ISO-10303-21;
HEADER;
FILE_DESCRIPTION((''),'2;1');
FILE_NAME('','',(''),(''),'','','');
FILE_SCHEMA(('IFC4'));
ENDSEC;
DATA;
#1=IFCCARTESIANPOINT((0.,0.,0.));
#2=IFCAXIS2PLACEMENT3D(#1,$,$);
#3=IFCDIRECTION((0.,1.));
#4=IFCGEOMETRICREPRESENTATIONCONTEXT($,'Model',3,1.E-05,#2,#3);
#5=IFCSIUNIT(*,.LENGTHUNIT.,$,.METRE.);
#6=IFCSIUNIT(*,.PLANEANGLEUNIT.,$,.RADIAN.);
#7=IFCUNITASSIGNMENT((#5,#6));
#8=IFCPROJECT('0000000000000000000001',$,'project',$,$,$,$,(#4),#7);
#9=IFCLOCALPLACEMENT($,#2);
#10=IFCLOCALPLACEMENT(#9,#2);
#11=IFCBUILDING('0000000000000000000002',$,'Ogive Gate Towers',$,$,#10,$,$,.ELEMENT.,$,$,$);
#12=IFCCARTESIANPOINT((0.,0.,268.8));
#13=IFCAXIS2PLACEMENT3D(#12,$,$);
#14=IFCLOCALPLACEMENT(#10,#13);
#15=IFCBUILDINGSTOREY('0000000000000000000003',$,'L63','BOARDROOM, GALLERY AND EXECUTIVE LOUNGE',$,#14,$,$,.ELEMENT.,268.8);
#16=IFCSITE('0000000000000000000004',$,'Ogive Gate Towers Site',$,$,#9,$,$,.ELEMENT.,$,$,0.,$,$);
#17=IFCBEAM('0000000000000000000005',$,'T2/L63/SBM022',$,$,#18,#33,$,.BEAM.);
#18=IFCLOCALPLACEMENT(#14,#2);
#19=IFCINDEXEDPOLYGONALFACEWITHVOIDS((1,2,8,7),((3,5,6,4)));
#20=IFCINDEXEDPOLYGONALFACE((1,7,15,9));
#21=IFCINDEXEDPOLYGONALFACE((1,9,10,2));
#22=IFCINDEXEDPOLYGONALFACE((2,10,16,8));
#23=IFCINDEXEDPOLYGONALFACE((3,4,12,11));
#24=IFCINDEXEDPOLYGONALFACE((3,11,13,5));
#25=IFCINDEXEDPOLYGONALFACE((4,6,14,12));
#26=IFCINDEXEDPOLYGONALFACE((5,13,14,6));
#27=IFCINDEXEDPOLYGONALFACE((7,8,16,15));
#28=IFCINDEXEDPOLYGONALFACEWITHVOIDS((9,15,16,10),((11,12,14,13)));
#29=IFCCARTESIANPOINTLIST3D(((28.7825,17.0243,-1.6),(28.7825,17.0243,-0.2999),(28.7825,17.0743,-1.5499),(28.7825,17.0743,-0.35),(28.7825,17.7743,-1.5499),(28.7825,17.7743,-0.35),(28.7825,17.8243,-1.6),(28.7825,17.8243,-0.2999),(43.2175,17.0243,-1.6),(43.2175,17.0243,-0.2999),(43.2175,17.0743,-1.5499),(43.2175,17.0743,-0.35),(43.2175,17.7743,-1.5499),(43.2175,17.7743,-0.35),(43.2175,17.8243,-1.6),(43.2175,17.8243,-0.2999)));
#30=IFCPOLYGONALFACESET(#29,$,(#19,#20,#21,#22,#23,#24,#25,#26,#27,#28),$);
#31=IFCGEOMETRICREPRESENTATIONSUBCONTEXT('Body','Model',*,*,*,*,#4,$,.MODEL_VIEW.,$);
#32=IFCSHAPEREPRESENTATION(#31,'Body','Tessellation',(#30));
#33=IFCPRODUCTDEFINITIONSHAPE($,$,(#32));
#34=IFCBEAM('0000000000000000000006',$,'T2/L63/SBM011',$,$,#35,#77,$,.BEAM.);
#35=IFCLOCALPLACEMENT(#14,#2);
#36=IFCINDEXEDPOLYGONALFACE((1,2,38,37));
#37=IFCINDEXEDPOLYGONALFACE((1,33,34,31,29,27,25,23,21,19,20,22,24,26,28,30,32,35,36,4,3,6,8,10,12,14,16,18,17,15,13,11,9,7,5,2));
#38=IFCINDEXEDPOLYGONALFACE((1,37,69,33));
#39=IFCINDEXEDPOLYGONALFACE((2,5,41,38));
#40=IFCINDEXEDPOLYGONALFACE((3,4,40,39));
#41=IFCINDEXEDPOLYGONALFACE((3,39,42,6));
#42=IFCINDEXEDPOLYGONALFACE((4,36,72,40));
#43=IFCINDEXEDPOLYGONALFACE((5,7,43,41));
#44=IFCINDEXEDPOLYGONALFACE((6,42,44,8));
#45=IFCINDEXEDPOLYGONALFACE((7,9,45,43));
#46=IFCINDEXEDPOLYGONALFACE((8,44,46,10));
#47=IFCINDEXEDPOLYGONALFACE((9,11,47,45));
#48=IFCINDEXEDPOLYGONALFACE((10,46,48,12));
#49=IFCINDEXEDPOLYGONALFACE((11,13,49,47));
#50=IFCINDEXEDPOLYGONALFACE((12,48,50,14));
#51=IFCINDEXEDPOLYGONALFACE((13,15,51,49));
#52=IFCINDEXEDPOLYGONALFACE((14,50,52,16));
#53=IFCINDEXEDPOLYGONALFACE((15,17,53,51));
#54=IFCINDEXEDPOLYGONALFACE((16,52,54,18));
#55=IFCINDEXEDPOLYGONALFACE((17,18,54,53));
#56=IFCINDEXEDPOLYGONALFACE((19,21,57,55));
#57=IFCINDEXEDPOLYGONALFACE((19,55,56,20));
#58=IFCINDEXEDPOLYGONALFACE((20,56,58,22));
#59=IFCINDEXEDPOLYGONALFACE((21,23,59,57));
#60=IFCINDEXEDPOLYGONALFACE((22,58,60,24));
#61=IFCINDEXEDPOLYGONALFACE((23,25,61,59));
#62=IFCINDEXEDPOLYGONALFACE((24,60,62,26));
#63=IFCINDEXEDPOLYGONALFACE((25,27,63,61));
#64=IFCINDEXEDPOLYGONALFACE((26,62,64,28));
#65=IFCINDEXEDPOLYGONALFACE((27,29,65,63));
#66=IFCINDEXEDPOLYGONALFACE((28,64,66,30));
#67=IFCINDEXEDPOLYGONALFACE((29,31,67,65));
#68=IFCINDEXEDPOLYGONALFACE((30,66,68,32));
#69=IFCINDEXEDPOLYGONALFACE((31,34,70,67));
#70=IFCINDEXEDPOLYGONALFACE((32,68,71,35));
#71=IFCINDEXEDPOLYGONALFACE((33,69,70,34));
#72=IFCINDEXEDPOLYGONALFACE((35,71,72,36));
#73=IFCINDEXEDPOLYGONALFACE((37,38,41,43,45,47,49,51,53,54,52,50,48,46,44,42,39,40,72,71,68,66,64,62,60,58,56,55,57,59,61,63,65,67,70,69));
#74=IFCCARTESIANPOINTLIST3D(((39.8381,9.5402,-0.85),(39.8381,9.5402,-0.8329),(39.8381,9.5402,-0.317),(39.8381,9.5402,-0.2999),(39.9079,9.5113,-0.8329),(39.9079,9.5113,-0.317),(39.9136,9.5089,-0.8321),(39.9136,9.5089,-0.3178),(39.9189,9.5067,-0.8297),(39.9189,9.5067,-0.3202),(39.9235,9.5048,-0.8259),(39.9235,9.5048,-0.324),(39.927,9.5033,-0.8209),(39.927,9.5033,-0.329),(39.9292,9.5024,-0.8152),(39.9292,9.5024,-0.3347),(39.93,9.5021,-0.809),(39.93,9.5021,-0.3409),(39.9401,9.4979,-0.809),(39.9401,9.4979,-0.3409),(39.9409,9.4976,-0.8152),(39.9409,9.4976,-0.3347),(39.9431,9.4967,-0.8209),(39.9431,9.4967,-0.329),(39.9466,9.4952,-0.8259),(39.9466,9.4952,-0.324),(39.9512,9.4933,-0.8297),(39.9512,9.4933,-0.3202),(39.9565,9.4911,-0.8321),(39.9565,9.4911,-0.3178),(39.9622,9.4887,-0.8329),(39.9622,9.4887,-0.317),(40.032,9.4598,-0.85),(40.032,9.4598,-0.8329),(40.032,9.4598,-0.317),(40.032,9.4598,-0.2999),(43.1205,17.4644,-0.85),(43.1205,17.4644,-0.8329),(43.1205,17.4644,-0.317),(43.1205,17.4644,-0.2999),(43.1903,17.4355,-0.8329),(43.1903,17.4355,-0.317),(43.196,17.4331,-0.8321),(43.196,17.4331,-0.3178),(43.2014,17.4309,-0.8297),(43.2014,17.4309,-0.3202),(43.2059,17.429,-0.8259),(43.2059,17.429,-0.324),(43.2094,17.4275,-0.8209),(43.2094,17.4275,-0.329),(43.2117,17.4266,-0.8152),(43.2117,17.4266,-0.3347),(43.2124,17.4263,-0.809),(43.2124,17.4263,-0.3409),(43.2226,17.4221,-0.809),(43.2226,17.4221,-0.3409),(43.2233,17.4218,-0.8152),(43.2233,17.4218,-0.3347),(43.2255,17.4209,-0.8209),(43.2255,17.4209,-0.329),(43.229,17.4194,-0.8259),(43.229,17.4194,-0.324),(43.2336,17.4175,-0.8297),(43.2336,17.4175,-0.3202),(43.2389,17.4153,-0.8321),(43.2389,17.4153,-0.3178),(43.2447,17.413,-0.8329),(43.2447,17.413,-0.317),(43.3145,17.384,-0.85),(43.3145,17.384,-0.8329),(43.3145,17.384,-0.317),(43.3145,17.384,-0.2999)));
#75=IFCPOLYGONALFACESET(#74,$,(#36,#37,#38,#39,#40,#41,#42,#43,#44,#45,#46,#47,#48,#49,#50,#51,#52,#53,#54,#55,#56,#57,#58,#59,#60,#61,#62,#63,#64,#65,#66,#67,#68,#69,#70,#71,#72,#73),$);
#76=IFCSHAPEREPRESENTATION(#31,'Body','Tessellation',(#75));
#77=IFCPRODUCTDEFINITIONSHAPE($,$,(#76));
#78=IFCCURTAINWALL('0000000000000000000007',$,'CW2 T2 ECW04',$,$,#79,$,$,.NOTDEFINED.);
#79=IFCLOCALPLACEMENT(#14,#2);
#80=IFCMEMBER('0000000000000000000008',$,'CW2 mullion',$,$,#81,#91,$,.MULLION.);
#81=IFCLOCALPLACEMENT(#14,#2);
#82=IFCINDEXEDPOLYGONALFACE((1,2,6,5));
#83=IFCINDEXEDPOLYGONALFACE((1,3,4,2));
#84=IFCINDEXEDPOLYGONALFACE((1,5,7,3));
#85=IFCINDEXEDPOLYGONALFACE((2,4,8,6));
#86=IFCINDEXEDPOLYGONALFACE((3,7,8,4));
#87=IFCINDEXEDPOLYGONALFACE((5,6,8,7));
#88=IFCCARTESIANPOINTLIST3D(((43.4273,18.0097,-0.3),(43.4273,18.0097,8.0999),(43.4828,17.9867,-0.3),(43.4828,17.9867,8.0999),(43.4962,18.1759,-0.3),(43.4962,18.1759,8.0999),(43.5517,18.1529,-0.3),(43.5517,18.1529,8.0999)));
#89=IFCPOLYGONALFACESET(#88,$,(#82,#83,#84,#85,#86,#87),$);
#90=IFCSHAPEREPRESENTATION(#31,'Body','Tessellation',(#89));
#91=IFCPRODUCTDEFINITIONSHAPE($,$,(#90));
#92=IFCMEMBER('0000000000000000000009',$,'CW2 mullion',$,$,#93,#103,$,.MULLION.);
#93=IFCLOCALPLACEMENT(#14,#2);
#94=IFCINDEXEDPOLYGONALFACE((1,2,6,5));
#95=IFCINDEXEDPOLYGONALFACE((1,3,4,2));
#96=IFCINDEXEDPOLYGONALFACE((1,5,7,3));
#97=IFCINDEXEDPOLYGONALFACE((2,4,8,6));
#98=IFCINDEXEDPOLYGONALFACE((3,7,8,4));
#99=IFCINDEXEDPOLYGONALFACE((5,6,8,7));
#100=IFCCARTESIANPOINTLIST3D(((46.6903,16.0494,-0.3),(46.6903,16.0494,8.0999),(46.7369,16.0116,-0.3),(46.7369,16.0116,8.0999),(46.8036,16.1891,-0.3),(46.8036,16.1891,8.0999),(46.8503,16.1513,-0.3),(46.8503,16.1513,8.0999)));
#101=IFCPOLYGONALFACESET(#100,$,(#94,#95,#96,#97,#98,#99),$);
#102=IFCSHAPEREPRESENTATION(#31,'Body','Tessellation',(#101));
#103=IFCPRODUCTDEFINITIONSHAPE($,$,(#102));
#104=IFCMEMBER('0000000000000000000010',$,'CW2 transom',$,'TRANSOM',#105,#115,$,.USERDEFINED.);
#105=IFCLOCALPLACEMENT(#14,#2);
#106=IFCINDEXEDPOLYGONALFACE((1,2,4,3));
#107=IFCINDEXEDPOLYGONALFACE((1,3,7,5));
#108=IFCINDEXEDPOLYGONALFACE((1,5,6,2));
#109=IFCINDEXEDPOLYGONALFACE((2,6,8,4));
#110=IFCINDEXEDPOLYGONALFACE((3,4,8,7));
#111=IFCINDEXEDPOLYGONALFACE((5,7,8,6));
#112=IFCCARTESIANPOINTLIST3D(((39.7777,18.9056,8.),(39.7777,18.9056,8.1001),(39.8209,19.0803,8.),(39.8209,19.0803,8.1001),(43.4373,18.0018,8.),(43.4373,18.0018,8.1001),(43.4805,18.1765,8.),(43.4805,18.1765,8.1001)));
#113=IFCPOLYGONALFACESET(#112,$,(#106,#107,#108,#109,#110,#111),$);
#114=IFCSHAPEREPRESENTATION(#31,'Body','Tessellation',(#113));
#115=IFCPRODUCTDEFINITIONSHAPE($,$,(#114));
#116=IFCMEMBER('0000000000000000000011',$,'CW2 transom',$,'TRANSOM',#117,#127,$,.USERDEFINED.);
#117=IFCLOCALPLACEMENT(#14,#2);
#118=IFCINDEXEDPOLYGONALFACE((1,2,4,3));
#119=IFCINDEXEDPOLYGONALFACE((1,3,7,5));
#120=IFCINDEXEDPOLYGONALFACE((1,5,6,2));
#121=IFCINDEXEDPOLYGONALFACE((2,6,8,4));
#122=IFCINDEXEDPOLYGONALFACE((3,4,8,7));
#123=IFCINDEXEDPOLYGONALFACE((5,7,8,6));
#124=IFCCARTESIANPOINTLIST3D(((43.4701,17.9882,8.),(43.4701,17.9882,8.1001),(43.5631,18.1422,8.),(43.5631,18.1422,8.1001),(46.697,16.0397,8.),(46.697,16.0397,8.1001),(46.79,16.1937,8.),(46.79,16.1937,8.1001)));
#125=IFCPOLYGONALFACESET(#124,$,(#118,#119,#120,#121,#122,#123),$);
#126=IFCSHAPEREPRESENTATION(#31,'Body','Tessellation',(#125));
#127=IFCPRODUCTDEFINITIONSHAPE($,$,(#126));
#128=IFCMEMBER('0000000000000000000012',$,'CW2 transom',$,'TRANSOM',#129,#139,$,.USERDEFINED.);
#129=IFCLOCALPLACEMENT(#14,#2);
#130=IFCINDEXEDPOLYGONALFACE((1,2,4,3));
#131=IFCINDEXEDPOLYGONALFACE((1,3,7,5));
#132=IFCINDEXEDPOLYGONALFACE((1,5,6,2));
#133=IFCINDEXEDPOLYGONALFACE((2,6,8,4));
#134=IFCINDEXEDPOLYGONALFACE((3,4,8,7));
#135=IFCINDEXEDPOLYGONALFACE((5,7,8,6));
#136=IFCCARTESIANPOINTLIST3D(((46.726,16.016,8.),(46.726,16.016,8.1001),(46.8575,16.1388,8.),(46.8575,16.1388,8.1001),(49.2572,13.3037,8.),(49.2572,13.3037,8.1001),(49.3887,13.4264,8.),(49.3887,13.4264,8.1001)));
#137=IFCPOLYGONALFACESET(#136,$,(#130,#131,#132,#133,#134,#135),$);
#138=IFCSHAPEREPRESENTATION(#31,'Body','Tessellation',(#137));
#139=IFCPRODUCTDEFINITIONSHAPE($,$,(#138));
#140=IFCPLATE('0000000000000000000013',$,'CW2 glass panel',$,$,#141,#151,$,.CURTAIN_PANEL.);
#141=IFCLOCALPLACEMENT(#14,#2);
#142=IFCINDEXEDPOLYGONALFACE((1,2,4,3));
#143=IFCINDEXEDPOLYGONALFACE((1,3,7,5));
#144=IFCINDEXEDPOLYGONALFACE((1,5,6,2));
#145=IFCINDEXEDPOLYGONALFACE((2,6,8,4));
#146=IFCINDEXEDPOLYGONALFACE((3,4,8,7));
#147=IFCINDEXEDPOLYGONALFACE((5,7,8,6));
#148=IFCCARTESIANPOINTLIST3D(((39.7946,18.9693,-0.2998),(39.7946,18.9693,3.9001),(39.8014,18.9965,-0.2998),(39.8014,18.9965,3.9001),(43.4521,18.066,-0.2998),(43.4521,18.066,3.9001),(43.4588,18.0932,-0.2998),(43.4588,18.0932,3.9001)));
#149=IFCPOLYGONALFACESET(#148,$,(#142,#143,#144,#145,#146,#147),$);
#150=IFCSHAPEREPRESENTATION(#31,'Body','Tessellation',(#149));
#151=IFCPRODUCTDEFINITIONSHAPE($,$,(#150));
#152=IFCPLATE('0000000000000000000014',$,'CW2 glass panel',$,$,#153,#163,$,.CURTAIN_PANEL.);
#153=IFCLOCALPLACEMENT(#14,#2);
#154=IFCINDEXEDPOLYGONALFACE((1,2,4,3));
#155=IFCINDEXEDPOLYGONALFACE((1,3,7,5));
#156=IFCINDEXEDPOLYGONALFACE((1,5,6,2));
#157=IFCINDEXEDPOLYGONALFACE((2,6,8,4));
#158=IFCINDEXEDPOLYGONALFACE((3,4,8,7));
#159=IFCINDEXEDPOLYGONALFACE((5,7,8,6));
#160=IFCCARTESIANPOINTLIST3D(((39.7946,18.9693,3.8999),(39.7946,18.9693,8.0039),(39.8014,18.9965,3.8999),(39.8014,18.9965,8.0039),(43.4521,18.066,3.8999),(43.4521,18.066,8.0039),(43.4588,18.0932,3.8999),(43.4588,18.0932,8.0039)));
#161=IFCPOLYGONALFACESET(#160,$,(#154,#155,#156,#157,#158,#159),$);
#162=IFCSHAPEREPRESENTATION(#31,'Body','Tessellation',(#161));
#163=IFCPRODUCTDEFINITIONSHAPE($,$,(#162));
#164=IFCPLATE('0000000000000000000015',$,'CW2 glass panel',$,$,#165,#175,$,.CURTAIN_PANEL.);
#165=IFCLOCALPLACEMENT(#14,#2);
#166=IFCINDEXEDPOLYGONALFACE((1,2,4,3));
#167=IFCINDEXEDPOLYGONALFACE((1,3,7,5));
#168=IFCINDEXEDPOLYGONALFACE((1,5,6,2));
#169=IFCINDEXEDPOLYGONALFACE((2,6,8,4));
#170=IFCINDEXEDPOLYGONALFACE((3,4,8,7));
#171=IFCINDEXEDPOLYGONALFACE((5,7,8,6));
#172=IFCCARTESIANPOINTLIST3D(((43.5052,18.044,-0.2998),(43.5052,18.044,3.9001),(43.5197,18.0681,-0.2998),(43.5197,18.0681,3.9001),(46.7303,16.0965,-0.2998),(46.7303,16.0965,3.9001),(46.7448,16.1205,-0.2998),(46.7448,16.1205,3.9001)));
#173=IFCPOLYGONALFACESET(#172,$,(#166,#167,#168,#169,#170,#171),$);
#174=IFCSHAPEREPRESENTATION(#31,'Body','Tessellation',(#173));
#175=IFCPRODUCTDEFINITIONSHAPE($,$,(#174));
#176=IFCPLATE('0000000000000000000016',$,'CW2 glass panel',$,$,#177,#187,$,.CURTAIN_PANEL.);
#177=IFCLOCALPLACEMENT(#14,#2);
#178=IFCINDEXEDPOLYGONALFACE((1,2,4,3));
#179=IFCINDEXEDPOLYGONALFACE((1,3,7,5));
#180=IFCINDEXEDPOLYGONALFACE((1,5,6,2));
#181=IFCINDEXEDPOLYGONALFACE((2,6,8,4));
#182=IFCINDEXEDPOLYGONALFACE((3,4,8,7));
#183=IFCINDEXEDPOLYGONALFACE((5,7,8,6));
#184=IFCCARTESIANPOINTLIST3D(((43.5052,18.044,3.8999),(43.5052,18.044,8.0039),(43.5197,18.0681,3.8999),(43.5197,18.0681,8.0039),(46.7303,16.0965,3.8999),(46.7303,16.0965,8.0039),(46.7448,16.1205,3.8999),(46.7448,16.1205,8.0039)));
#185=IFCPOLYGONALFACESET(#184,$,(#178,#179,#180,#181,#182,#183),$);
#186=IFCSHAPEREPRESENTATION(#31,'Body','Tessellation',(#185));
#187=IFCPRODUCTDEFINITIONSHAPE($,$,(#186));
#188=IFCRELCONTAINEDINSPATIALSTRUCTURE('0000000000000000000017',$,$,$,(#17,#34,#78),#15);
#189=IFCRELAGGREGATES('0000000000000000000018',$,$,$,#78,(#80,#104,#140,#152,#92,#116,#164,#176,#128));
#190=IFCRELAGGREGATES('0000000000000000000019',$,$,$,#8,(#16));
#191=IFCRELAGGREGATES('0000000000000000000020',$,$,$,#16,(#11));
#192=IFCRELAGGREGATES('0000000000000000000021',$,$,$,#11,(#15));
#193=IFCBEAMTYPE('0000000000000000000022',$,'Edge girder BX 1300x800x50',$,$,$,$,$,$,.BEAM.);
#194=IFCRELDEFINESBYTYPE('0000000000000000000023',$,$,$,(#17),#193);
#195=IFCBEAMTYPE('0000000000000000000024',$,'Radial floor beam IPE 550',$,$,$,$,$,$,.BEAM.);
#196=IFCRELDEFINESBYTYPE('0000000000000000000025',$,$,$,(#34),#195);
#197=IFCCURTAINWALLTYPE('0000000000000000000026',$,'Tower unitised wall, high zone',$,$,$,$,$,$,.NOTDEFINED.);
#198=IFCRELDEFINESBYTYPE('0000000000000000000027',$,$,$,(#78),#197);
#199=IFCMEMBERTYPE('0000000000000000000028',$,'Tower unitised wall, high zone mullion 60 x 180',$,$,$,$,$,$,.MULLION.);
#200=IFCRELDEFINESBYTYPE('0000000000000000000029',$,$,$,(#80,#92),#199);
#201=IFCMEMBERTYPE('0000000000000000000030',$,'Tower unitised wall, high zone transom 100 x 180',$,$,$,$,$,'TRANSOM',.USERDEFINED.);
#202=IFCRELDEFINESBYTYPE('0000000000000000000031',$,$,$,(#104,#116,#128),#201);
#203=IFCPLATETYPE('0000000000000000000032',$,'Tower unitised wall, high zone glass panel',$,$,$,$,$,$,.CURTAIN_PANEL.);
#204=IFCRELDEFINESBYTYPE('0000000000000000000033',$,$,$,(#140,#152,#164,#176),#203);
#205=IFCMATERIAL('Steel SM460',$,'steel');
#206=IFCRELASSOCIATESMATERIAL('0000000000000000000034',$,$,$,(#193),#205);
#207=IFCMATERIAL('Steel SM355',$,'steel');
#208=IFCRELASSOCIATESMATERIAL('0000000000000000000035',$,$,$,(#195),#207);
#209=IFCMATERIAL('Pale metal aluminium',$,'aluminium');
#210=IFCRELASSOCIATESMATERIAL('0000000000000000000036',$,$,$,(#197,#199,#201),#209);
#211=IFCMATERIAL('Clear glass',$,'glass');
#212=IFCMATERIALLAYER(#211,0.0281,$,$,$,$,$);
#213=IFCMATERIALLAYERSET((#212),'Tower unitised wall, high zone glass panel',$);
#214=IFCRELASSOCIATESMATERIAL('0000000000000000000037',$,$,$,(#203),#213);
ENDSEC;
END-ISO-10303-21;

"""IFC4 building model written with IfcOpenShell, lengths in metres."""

from ifc_helpers import new_model, si_unit, direction, frame, origin, origin_2d, place, context, subcontext, project, spatial, rectangle, hollow_rectangle, i_section, extrude, material, layer, layer_set, material_profile, profile_set, type_object, element, aggregate, save


model = new_model("IFC4")

# Units and contexts
model_context = context("Model", 3, precision=1e-05, world=origin(), true_north=direction((0.0, 1.0)))
body_context = subcontext(model_context, "Body", "Model", "MODEL_VIEW")
ifc_project = project(units=[si_unit("LENGTHUNIT", "METRE"), si_unit("PLANEANGLEUNIT", "RADIAN")], contexts=[model_context])

# Site, building, storey
site_placement = place(None, origin())
site = spatial("IfcSite", under=ifc_project, at=site_placement, Name="Ogive Gate Towers Site", CompositionType="ELEMENT", RefElevation=0.0)
building_placement = place(site_placement, origin())
building = spatial("IfcBuilding", under=site, at=building_placement, Name="Ogive Gate Towers", CompositionType="ELEMENT")
storey_placement = place(building_placement, frame((0.0, 0.0, 268.8)))
storey = spatial("IfcBuildingStorey", under=building, at=storey_placement, Name="L63", Description="BOARDROOM, GALLERY AND EXECUTIVE LOUNGE", CompositionType="ELEMENT", Elevation=268.8)

# Beams
ifc_material_1 = material(Name="Steel SM460", Category="steel")
ifc_material_profile_1 = material_profile(ifc_material_1, hollow_rectangle(XDim=0.8, YDim=1.3, WallThickness=0.05, at=origin_2d()), Name="BX 1300x800x50")
ifc_profile_set_1 = profile_set([ifc_material_profile_1], Name="Steel SM460")
beam_type_1 = type_object("IfcBeamType", Name="Edge girder BX 1300x800x50", PredefinedType="BEAM", material=ifc_profile_set_1)
beam_1_placement = place(storey_placement, frame((43.2175, 17.4243, -0.95), z_axis=(-1.0, 0.0, 0.0), x_axis=(0.0, -1.0, 0.0)))
element("IfcBeam", 1, at=beam_1_placement, inside=storey, type_object=beam_type_1, Name="T2/L63/SBM022", PredefinedType="BEAM", context=body_context, shape_type="SweptSolid", body=[
    extrude(hollow_rectangle(XDim=0.8, YDim=1.3, WallThickness=0.05, at=origin_2d()), origin(), (0.0, 0.0, 1.0), 14.4351),
])
ifc_material_2 = material(Name="Steel SM355", Category="steel")
ifc_material_profile_2 = material_profile(ifc_material_2, i_section(OverallWidth=0.21, OverallDepth=0.55, WebThickness=0.011, FlangeThickness=0.0171, FilletRadius=0.0239, at=origin_2d()), Name="IPE 550")
ifc_profile_set_2 = profile_set([ifc_material_profile_2], Name="Steel SM355")
beam_type_2 = type_object("IfcBeamType", Name="Radial floor beam IPE 550", PredefinedType="BEAM", material=ifc_profile_set_2)
beam_2_placement = place(storey_placement, frame((39.9351, 9.5, -0.575), z_axis=(0.382695, 0.923875, 0.0), x_axis=(-0.923875, 0.382695, 0.0)))
element("IfcBeam", 2, at=beam_2_placement, inside=storey, type_object=beam_type_2, Name="T2/L63/SBM011", PredefinedType="BEAM", context=body_context, shape_type="SweptSolid", body=[
    extrude(i_section(OverallWidth=0.21, OverallDepth=0.55, WebThickness=0.011, FlangeThickness=0.0171, FilletRadius=0.0239, at=origin_2d()), origin(), (0.0, 0.0, 1.0), 8.5771),
])

# Curtain wall, members, plates
ifc_material_3 = material(Name="Pale metal aluminium", Category="aluminium")
curtain_wall_type = type_object("IfcCurtainWallType", Name="Tower unitised wall, high zone", PredefinedType="NOTDEFINED", material=ifc_material_3)
curtain_wall_placement = place(storey_placement, origin())
curtain_wall = element("IfcCurtainWall", 3, at=curtain_wall_placement, inside=storey, type_object=curtain_wall_type, Name="CW2 T2 ECW04", PredefinedType="NOTDEFINED")
ifc_material_profile_3 = material_profile(ifc_material_3, rectangle(XDim=0.1799, YDim=0.0601, at=origin_2d()), Name="60 x 180 aluminium box")
ifc_profile_set_3 = profile_set([ifc_material_profile_3], Name="Pale metal aluminium")
member_type_1 = type_object("IfcMemberType", Name="Tower unitised wall, high zone mullion 60 x 180", PredefinedType="MULLION", material=ifc_profile_set_3)
member_1_placement = place(storey_placement, frame((43.4895, 18.0813, -0.3), z_axis=(0.0, 0.0, 1.0), x_axis=(-0.382683, -0.92388, 0.0)))
member_1 = element("IfcMember", 4, at=member_1_placement, type_object=member_type_1, Name="CW2 mullion", PredefinedType="MULLION", context=body_context, shape_type="SweptSolid", body=[
    extrude(rectangle(XDim=0.1799, YDim=0.0601, at=origin_2d()), origin(), (0.0, 0.0, 1.0), 8.3999),
])
member_2_placement = place(storey_placement, frame((46.7703, 16.1003, -0.3), z_axis=(0.0, 0.0, 1.0), x_axis=(-0.630039, -0.776563, 0.0)))
member_2 = element("IfcMember", 5, at=member_2_placement, type_object=member_type_1, Name="CW2 mullion", PredefinedType="MULLION", context=body_context, shape_type="SweptSolid", body=[
    extrude(rectangle(XDim=0.1799, YDim=0.0601, at=origin_2d()), origin(), (0.0, 0.0, 1.0), 8.3999),
])
ifc_material_profile_4 = material_profile(ifc_material_3, rectangle(XDim=0.1799, YDim=0.1001, at=origin_2d()), Name="100 x 180 aluminium box")
ifc_profile_set_4 = profile_set([ifc_material_profile_4], Name="Pale metal aluminium")
member_type_2 = type_object("IfcMemberType", Name="Tower unitised wall, high zone transom 100 x 180", ElementType="TRANSOM", PredefinedType="USERDEFINED", material=ifc_profile_set_4)
member_3_placement = place(storey_placement, frame((39.7993, 18.9929, 8.05), z_axis=(0.970832, -0.239761, 0.0), x_axis=(0.239761, 0.970832, 0.0)))
member_3 = element("IfcMember", 6, at=member_3_placement, type_object=member_type_2, Name="CW2 transom", ObjectType="TRANSOM", PredefinedType="USERDEFINED", context=body_context, shape_type="SweptSolid", body=[
    extrude(rectangle(XDim=0.1799, YDim=0.1001, at=origin_2d()), origin(), (0.0, 0.0, 1.0), 3.7695),
])
member_4_placement = place(storey_placement, frame((43.5166, 18.0652, 8.05), z_axis=(0.856038, -0.516913, 0.0), x_axis=(0.516913, 0.856038, 0.0)))
member_4 = element("IfcMember", 7, at=member_4_placement, type_object=member_type_2, Name="CW2 transom", ObjectType="TRANSOM", PredefinedType="USERDEFINED", context=body_context, shape_type="SweptSolid", body=[
    extrude(rectangle(XDim=0.1799, YDim=0.1001, at=origin_2d()), origin(), (0.0, 0.0, 1.0), 3.7695),
])
member_5_placement = place(storey_placement, frame((46.7917, 16.0774, 8.05), z_axis=(0.682271, -0.731099, 0.0), x_axis=(0.731099, 0.682271, 0.0)))
member_5 = element("IfcMember", 8, at=member_5_placement, type_object=member_type_2, Name="CW2 transom", ObjectType="TRANSOM", PredefinedType="USERDEFINED", context=body_context, shape_type="SweptSolid", body=[
    extrude(rectangle(XDim=0.1799, YDim=0.1001, at=origin_2d()), origin(), (0.0, 0.0, 1.0), 3.71),
])
ifc_material_4 = material(Name="Clear glass", Category="glass")
ifc_layer_1 = layer(ifc_material_4, 0.0281)
ifc_layer_set_1 = layer_set([ifc_layer_1], Name="Tower unitised wall, high zone glass panel")
plate_type = type_object("IfcPlateType", Name="Tower unitised wall, high zone glass panel", PredefinedType="CURTAIN_PANEL", material=ifc_layer_set_1)
plate_1_placement = place(storey_placement, frame((41.6267, 18.5312, -0.2998), z_axis=(0.0, 0.0, 1.0), x_axis=(0.97083, -0.239771, 0.0)))
plate_1 = element("IfcPlate", 9, at=plate_1_placement, type_object=plate_type, Name="CW2 glass panel", PredefinedType="CURTAIN_PANEL", context=body_context, shape_type="SweptSolid", body=[
    extrude(rectangle(XDim=3.7673, YDim=0.0281, at=origin_2d()), origin(), (0.0, 0.0, 1.0), 4.2),
])
plate_2_placement = place(storey_placement, frame((41.6267, 18.5312, 3.8999), z_axis=(0.0, 0.0, 1.0), x_axis=(0.97083, -0.239771, 0.0)))
plate_2 = element("IfcPlate", 10, at=plate_2_placement, type_object=plate_type, Name="CW2 glass panel", PredefinedType="CURTAIN_PANEL", context=body_context, shape_type="SweptSolid", body=[
    extrude(rectangle(XDim=3.7673, YDim=0.0281, at=origin_2d()), origin(), (0.0, 0.0, 1.0), 4.104),
])
plate_3_placement = place(storey_placement, frame((45.125, 17.0823, -0.2998), z_axis=(0.0, 0.0, 1.0), x_axis=(0.856033, -0.516922, 0.0)))
plate_3 = element("IfcPlate", 11, at=plate_3_placement, type_object=plate_type, Name="CW2 glass panel", PredefinedType="CURTAIN_PANEL", context=body_context, shape_type="SweptSolid", body=[
    extrude(rectangle(XDim=3.7676, YDim=0.0281, at=origin_2d()), origin(), (0.0, 0.0, 1.0), 4.2),
])
plate_4_placement = place(storey_placement, frame((45.125, 17.0823, 3.8999), z_axis=(0.0, 0.0, 1.0), x_axis=(0.856033, -0.516922, 0.0)))
plate_4 = element("IfcPlate", 12, at=plate_4_placement, type_object=plate_type, Name="CW2 glass panel", PredefinedType="CURTAIN_PANEL", context=body_context, shape_type="SweptSolid", body=[
    extrude(rectangle(XDim=3.7676, YDim=0.0281, at=origin_2d()), origin(), (0.0, 0.0, 1.0), 4.104),
])
aggregate(curtain_wall, [member_1, member_3, plate_1, plate_2, member_2, member_4, plate_3, plate_4, member_5])

save(model, "model.ifc")
